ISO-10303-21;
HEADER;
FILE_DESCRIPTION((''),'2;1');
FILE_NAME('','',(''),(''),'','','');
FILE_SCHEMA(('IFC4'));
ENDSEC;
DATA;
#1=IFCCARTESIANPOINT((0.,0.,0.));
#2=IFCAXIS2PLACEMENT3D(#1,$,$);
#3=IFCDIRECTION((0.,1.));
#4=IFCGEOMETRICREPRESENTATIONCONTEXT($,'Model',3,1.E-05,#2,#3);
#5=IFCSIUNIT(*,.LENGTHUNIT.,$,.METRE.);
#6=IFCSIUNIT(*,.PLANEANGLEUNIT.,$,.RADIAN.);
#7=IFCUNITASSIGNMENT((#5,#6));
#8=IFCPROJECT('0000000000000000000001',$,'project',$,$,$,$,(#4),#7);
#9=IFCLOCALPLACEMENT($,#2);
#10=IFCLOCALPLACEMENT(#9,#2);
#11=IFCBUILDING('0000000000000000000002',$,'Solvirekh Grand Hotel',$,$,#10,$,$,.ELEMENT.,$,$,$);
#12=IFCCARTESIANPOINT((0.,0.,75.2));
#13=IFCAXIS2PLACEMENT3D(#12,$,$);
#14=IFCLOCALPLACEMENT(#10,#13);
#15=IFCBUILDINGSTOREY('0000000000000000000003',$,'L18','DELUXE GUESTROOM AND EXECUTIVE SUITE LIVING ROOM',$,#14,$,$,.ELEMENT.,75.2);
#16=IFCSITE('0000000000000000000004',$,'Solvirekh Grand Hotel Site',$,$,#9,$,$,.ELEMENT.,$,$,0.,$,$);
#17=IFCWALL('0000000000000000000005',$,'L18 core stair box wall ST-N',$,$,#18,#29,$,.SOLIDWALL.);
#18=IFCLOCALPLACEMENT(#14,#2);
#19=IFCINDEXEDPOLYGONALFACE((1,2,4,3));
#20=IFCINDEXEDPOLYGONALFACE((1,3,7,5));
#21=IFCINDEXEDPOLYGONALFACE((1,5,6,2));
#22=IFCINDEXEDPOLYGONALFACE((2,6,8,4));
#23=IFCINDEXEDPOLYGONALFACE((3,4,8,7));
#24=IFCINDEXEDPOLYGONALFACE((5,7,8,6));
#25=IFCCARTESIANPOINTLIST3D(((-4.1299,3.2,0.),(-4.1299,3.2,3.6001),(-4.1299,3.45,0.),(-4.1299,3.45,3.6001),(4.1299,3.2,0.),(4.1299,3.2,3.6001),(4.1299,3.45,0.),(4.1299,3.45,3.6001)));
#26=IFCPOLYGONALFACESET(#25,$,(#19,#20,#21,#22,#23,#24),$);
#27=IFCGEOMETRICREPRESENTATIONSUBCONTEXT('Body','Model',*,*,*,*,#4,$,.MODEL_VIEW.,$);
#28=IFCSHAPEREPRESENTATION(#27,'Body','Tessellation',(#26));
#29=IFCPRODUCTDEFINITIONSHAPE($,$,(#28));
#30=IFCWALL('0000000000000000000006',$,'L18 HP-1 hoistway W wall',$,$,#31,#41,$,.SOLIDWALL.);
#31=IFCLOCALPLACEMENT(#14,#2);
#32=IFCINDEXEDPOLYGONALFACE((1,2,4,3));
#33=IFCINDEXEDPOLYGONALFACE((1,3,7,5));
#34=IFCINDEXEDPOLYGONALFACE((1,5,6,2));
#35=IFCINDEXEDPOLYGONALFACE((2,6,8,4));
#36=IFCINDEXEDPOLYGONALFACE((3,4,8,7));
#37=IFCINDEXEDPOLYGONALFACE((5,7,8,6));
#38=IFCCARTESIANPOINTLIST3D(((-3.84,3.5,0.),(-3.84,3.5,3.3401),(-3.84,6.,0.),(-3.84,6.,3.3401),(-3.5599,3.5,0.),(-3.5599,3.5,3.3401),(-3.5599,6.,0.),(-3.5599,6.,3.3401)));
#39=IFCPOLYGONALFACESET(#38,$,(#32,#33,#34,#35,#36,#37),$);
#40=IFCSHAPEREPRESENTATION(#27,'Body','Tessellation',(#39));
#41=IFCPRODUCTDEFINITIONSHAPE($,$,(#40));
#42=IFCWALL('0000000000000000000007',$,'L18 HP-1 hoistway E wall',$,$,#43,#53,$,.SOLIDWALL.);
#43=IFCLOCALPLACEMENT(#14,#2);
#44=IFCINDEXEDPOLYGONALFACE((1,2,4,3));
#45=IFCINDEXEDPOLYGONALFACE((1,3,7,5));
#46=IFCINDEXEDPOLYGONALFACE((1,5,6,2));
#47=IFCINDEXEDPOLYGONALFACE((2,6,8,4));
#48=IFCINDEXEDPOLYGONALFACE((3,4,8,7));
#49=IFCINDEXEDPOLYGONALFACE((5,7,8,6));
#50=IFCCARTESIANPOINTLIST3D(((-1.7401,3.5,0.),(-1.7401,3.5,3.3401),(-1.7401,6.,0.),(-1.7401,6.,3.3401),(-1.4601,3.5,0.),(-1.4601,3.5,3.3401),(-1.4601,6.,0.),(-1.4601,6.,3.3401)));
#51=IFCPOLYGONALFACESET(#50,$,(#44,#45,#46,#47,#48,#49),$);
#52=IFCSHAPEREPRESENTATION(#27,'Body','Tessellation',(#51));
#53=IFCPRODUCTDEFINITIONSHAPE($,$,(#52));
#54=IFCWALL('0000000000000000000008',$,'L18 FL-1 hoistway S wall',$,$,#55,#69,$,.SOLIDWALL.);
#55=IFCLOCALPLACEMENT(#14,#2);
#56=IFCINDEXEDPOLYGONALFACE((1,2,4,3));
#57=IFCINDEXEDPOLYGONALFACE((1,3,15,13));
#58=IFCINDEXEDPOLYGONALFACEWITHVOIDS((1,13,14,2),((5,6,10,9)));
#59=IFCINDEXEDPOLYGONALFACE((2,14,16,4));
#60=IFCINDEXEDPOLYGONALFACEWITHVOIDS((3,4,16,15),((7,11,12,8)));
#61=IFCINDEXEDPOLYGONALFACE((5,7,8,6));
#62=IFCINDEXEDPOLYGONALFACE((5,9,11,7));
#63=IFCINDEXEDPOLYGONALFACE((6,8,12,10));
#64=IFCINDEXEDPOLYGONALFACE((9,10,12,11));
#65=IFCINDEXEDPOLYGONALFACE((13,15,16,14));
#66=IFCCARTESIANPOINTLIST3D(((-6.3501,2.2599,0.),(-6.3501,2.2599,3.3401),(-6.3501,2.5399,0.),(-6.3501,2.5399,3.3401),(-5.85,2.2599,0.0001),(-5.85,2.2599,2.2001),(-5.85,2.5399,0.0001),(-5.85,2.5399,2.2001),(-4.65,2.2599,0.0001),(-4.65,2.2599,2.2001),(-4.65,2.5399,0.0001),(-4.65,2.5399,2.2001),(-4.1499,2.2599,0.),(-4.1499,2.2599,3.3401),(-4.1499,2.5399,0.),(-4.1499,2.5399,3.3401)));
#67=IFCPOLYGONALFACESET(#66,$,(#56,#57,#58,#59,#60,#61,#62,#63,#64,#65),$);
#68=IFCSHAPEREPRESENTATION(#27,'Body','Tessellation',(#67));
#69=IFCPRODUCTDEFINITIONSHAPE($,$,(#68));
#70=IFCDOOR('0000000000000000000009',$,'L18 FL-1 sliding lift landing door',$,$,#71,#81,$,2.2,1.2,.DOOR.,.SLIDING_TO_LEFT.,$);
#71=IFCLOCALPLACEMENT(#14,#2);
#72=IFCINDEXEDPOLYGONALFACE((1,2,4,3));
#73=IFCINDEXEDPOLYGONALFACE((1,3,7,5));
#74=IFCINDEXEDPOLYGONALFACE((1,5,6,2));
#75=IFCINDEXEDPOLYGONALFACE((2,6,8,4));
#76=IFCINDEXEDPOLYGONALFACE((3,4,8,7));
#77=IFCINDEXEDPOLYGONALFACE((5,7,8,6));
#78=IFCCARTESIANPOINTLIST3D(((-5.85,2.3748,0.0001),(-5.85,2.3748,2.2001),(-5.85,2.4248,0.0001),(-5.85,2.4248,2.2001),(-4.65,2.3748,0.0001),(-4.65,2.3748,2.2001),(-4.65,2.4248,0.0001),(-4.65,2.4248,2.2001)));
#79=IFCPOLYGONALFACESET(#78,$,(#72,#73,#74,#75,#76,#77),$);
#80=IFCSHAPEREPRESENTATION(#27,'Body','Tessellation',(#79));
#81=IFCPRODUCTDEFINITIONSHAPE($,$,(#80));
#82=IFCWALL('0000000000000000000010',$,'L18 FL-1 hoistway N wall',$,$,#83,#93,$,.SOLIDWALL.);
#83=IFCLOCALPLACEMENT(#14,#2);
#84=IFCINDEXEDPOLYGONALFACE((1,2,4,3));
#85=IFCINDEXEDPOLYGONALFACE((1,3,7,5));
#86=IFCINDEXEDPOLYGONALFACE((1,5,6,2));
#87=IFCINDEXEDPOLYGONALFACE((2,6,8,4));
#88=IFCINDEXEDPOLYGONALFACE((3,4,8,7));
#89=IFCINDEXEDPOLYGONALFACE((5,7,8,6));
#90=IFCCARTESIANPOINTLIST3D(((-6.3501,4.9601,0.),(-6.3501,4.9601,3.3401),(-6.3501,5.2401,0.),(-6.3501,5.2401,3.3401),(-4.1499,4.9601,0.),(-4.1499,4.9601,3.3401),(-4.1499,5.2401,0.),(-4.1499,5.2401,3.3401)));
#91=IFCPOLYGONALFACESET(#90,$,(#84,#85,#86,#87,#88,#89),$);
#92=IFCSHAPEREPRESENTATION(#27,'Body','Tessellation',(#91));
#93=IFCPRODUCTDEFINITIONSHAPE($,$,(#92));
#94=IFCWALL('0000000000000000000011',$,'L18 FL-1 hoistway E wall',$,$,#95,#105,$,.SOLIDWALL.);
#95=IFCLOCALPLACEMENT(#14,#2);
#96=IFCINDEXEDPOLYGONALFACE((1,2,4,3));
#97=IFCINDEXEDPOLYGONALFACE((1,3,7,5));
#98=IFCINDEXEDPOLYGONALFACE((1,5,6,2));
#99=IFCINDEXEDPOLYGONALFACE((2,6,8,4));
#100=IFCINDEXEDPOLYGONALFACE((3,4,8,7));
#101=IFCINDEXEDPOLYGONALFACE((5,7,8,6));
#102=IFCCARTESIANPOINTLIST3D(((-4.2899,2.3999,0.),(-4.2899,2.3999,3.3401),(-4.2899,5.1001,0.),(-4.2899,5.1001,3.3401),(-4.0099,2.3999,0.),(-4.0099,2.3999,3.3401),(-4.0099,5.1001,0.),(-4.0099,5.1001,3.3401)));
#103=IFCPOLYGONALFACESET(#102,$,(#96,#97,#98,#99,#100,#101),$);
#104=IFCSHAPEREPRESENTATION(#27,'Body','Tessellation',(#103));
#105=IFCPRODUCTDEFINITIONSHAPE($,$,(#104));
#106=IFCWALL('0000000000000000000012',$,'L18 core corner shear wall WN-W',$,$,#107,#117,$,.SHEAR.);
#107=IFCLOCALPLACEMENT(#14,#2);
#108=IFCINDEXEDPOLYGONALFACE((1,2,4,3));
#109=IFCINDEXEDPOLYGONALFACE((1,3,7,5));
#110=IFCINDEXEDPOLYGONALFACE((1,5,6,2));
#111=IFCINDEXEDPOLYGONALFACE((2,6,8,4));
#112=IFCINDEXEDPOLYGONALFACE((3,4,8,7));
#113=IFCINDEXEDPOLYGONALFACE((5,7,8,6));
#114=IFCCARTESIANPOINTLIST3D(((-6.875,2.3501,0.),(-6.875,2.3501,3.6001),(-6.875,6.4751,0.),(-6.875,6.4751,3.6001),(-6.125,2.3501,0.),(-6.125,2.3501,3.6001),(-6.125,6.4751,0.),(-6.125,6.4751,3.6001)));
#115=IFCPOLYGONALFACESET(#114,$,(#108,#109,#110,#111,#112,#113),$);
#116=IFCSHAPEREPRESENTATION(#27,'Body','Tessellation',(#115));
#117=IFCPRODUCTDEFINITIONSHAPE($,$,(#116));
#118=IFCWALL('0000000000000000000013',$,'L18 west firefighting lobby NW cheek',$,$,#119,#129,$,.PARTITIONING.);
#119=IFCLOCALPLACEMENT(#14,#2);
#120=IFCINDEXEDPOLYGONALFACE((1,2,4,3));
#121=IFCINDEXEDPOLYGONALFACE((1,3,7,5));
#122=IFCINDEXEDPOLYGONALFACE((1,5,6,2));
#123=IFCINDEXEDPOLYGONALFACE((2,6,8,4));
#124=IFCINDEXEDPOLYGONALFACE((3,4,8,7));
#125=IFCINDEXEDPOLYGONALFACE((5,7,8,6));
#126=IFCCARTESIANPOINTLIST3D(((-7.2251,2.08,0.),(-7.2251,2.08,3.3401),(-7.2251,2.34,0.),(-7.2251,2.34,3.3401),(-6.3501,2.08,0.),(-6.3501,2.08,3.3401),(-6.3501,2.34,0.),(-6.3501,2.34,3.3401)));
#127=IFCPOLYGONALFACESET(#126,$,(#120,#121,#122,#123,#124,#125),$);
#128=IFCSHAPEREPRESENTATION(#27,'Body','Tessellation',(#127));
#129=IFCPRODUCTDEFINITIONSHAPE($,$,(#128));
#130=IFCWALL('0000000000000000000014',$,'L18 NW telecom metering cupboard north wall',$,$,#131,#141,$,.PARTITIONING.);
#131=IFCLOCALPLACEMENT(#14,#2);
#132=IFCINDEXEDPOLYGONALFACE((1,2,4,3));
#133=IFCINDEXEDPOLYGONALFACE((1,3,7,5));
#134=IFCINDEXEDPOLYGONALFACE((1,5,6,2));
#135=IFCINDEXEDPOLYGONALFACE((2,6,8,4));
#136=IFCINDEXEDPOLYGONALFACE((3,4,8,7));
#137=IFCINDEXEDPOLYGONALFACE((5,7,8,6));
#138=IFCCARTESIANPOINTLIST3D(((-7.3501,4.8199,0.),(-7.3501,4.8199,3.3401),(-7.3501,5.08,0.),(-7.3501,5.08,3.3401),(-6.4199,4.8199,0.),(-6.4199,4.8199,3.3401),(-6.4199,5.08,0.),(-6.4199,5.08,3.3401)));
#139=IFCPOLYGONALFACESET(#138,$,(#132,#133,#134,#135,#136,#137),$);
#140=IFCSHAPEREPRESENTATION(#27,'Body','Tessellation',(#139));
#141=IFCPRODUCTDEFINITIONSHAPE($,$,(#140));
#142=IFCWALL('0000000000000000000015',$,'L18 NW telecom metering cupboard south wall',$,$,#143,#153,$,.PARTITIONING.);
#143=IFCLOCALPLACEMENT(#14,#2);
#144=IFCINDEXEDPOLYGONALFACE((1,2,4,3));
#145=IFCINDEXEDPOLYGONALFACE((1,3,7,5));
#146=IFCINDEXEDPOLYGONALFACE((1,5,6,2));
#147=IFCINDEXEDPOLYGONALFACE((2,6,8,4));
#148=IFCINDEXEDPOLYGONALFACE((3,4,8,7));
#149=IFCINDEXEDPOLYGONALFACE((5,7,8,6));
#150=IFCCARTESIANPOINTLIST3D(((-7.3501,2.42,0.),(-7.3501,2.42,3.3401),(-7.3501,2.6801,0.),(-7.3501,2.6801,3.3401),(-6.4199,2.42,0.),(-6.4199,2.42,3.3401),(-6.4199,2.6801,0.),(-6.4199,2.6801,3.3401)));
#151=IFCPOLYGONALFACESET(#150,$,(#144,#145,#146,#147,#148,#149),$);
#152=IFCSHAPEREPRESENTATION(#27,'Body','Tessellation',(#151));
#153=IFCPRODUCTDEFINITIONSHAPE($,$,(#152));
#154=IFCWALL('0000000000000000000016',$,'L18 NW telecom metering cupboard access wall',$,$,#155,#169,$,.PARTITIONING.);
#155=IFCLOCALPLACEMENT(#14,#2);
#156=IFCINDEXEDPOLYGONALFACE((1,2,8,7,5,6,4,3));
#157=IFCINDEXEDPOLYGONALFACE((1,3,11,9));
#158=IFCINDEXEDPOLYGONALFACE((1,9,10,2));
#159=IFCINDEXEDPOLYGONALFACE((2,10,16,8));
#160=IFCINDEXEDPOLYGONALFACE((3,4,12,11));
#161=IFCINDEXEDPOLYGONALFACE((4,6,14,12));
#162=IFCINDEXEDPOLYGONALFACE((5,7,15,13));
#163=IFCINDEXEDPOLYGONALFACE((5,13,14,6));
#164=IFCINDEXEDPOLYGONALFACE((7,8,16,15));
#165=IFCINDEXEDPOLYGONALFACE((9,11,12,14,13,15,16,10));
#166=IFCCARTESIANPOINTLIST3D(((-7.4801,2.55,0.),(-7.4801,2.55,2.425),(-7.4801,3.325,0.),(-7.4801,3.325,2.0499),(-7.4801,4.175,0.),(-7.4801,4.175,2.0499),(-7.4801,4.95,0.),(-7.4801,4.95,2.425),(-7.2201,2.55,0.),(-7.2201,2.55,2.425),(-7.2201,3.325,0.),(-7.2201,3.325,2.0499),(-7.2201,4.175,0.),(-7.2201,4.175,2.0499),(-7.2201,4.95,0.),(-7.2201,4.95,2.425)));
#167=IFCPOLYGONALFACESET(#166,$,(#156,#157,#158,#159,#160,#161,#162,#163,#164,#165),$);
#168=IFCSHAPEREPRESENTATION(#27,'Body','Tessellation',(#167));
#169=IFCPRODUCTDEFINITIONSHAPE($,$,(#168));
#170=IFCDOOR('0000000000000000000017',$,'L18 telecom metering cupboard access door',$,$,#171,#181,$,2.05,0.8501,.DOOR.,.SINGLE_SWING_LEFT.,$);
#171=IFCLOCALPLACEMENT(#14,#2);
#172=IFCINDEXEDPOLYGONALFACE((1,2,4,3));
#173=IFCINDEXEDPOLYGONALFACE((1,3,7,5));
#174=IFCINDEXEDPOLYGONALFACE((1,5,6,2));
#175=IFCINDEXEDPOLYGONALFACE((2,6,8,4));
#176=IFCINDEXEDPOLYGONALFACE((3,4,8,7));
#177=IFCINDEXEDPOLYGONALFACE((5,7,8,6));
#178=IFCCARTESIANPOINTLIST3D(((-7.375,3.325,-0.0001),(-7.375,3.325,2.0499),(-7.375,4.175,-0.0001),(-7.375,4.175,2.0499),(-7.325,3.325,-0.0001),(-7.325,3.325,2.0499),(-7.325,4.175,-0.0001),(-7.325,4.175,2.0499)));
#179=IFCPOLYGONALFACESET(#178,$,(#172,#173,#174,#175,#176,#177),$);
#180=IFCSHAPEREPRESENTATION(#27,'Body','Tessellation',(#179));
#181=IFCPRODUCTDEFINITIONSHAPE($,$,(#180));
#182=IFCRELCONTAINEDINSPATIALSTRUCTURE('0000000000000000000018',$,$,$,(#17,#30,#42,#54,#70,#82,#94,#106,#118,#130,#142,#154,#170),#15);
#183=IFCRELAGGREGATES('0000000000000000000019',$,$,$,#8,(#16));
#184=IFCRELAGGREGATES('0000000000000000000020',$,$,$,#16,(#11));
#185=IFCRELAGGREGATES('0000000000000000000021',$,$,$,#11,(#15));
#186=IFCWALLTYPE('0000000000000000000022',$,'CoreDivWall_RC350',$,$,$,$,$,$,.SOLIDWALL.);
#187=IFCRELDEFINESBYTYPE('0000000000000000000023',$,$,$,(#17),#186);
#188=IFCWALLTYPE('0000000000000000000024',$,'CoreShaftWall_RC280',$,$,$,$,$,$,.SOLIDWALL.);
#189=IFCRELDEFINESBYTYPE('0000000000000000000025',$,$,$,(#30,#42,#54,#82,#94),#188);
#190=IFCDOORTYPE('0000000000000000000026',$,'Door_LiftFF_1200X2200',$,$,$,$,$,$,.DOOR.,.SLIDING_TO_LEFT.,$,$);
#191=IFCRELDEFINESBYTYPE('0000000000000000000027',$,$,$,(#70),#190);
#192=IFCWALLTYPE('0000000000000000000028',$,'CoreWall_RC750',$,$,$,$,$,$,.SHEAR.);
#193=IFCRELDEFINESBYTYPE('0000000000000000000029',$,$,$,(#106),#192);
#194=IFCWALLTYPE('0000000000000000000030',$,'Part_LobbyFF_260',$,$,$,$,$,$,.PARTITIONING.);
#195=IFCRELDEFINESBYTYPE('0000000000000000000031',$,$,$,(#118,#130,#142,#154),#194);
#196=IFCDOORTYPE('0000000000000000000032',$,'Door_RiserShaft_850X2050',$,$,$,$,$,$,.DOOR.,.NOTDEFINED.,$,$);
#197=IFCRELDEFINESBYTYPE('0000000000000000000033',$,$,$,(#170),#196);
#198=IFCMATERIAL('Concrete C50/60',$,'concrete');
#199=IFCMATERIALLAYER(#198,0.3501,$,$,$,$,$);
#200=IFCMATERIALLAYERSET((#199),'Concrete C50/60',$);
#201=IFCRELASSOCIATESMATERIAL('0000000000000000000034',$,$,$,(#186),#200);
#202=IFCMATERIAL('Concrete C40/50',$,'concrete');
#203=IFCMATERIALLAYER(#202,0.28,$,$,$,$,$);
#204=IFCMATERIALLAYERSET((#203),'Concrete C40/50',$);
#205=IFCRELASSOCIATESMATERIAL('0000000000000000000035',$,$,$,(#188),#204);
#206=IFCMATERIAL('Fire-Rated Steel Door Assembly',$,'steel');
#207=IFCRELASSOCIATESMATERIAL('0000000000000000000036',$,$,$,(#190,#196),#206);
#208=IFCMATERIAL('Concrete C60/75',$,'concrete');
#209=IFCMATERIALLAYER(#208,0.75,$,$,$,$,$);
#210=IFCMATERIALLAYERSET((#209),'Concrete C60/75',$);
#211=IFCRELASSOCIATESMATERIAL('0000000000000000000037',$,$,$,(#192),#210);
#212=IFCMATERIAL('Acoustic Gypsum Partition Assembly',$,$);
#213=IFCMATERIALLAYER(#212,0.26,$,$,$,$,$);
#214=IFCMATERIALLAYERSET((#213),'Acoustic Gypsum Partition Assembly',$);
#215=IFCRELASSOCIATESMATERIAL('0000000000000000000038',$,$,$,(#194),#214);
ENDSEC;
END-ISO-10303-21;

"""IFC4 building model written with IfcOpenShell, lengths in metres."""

from ifc_helpers import new_model, si_unit, direction, frame, frame_2d, origin, place, context, subcontext, project, spatial, rectangle, extrude, material, layer, layer_set, type_object, element, fill, save


model = new_model("IFC4")

# Units and contexts
model_context = context("Model", 3, precision=1e-05, world=origin(), true_north=direction((0.0, 1.0)))
body_context = subcontext(model_context, "Body", "Model", "MODEL_VIEW")
ifc_project = project(units=[si_unit("LENGTHUNIT", "METRE"), si_unit("PLANEANGLEUNIT", "RADIAN")], contexts=[model_context])

# Site, building, storey
site_placement = place(None, origin())
site = spatial("IfcSite", under=ifc_project, at=site_placement, Name="Solvirekh Grand Hotel Site", CompositionType="ELEMENT", RefElevation=0.0)
building_placement = place(site_placement, origin())
building = spatial("IfcBuilding", under=site, at=building_placement, Name="Solvirekh Grand Hotel", CompositionType="ELEMENT")
storey_placement = place(building_placement, frame((0.0, 0.0, 75.2)))
storey = spatial("IfcBuildingStorey", under=building, at=storey_placement, Name="L18", Description="DELUXE GUESTROOM AND EXECUTIVE SUITE LIVING ROOM", CompositionType="ELEMENT", Elevation=75.2)

# Walls
ifc_material_1 = material(Name="Concrete C50/60", Category="concrete")
ifc_layer_1 = layer(ifc_material_1, 0.3501)
ifc_layer_set_1 = layer_set([ifc_layer_1], Name="Concrete C50/60")
wall_type_1 = type_object("IfcWallType", Name="CoreDivWall_RC350", PredefinedType="SOLIDWALL", material=ifc_layer_set_1)
wall_1_placement = place(storey_placement, frame((-4.1299, 3.325, 0.0), z_axis=(0.0, 0.0, 1.0), x_axis=(1.0, 0.0, 0.0)))
element("IfcWall", 1, at=wall_1_placement, inside=storey, type_object=wall_type_1, Name="L18 core stair box wall ST-N", PredefinedType="SOLIDWALL", context=body_context, shape_type="SweptSolid", body=[
    extrude(rectangle(XDim=8.2598, YDim=0.25, at=frame_2d((4.1299, 0.0))), origin(), (0.0, 0.0, 1.0), 3.6001),
])
ifc_material_2 = material(Name="Concrete C40/50", Category="concrete")
ifc_layer_2 = layer(ifc_material_2, 0.28)
ifc_layer_set_2 = layer_set([ifc_layer_2], Name="Concrete C40/50")
wall_type_2 = type_object("IfcWallType", Name="CoreShaftWall_RC280", PredefinedType="SOLIDWALL", material=ifc_layer_set_2)
for number, where, z_axis, x_axis, name in (
    (2, (-3.7, 6.0, 0.0), (0.0, 0.0, 1.0), (0.0, -1.0, 0.0), "L18 HP-1 hoistway W wall"),
    (3, (-1.6001, 3.5, 0.0), (0.0, 0.0, 1.0), (0.0, 1.0, 0.0), "L18 HP-1 hoistway E wall"),
):
    element("IfcWall", number, at=place(storey_placement, frame(where, z_axis=z_axis, x_axis=x_axis)), inside=storey, type_object=wall_type_2, Name=name, PredefinedType="SOLIDWALL", context=body_context, shape_type="SweptSolid", body=[
        extrude(rectangle(XDim=2.5, YDim=0.28, at=frame_2d((1.25, 0.0))), origin(), (0.0, 0.0, 1.0), 3.3401),
    ])

# Wall, opening, door
wall_2_placement = place(storey_placement, frame((-6.3501, 2.3999, 0.0), z_axis=(0.0, 0.0, 1.0), x_axis=(1.0, 0.0, 0.0)))
wall_2 = element("IfcWall", 4, at=wall_2_placement, inside=storey, type_object=wall_type_2, Name="L18 FL-1 hoistway S wall", PredefinedType="SOLIDWALL", context=body_context, shape_type="SweptSolid", body=[
    extrude(rectangle(XDim=2.2002, YDim=0.28, at=frame_2d((1.1001, 0.0))), origin(), (0.0, 0.0, 1.0), 3.3401),
])
opening_1_placement = place(wall_2_placement, frame((0.5, 0.0, 0.0)))
opening_1 = element("IfcOpeningElement", 5, at=opening_1_placement, cuts=wall_2, PredefinedType="OPENING", context=body_context, shape_type="SweptSolid", body=[
    extrude(rectangle(XDim=1.2, YDim=2.2, at=frame_2d((0.6001, 1.1001))), frame((0.0, 0.1499, 0.0), z_axis=(0.0, -1.0, 0.0), x_axis=(1.0, 0.0, 0.0)), (0.0, 0.0, 1.0), 0.3),
])
ifc_material_3 = material(Name="Fire-Rated Steel Door Assembly", Category="steel")
door_type_1 = type_object("IfcDoorType", Name="Door_LiftFF_1200X2200", OperationType="SLIDING_TO_LEFT", PredefinedType="DOOR", material=ifc_material_3)
door_1_placement = place(opening_1_placement, origin())
door_1 = element("IfcDoor", 6, at=door_1_placement, inside=storey, type_object=door_type_1, Name="L18 FL-1 sliding lift landing door", OperationType="SLIDING_TO_LEFT", OverallHeight=2.2, OverallWidth=1.2, PredefinedType="DOOR", context=body_context, shape_type="SweptSolid", body=[
    extrude(rectangle(XDim=1.2, YDim=2.2, at=frame_2d((0.6001, 1.1001))), frame((0.0, 0.0249, 0.0), z_axis=(0.0, -1.0, 0.0), x_axis=(1.0, 0.0, 0.0)), (0.0, 0.0, 1.0), 0.05),
])
fill(opening_1, door_1)

# Walls
wall_3_placement = place(storey_placement, frame((-4.1499, 5.1001, 0.0), z_axis=(0.0, 0.0, 1.0), x_axis=(-1.0, 0.0, 0.0)))
element("IfcWall", 7, at=wall_3_placement, inside=storey, type_object=wall_type_2, Name="L18 FL-1 hoistway N wall", PredefinedType="SOLIDWALL", context=body_context, shape_type="SweptSolid", body=[
    extrude(rectangle(XDim=2.2002, YDim=0.28, at=frame_2d((1.1001, 0.0))), origin(), (0.0, 0.0, 1.0), 3.3401),
])
wall_4_placement = place(storey_placement, frame((-4.1499, 2.3999, 0.0), z_axis=(0.0, 0.0, 1.0), x_axis=(0.0, 1.0, 0.0)))
element("IfcWall", 8, at=wall_4_placement, inside=storey, type_object=wall_type_2, Name="L18 FL-1 hoistway E wall", PredefinedType="SOLIDWALL", context=body_context, shape_type="SweptSolid", body=[
    extrude(rectangle(XDim=2.7002, YDim=0.28, at=frame_2d((1.3501, 0.0))), origin(), (0.0, 0.0, 1.0), 3.3401),
])
ifc_material_4 = material(Name="Concrete C60/75", Category="concrete")
ifc_layer_3 = layer(ifc_material_4, 0.75)
ifc_layer_set_3 = layer_set([ifc_layer_3], Name="Concrete C60/75")
wall_type_3 = type_object("IfcWallType", Name="CoreWall_RC750", PredefinedType="SHEAR", material=ifc_layer_set_3)
wall_5_placement = place(storey_placement, frame((-6.5, 2.3501, 0.0), z_axis=(0.0, 0.0, 1.0), x_axis=(0.0, 1.0, 0.0)))
element("IfcWall", 9, at=wall_5_placement, inside=storey, type_object=wall_type_3, Name="L18 core corner shear wall WN-W", PredefinedType="SHEAR", context=body_context, shape_type="SweptSolid", body=[
    extrude(rectangle(XDim=4.125, YDim=0.75, at=frame_2d((2.0625, 0.0))), origin(), (0.0, 0.0, 1.0), 3.6001),
])
ifc_material_5 = material(Name="Acoustic Gypsum Partition Assembly")
ifc_layer_4 = layer(ifc_material_5, 0.26)
ifc_layer_set_4 = layer_set([ifc_layer_4], Name="Acoustic Gypsum Partition Assembly")
wall_type_4 = type_object("IfcWallType", Name="Part_LobbyFF_260", PredefinedType="PARTITIONING", material=ifc_layer_set_4)
wall_6_placement = place(storey_placement, frame((-7.2251, 2.21, 0.0), z_axis=(0.0, 0.0, 1.0), x_axis=(1.0, 0.0, 0.0)))
element("IfcWall", 10, at=wall_6_placement, inside=storey, type_object=wall_type_4, Name="L18 west firefighting lobby NW cheek", PredefinedType="PARTITIONING", context=body_context, shape_type="SweptSolid", body=[
    extrude(rectangle(XDim=0.875, YDim=0.26, at=frame_2d((0.4375, 0.0))), origin(), (0.0, 0.0, 1.0), 3.3401),
])
for number, where, z_axis, x_axis, name in (
    (11, (-7.3501, 4.95, 0.0), (0.0, 0.0, 1.0), (1.0, 0.0, 0.0), "L18 NW telecom metering cupboard north wall"),
    (12, (-7.3501, 2.55, 0.0), (0.0, 0.0, 1.0), (1.0, 0.0, 0.0), "L18 NW telecom metering cupboard south wall"),
):
    element("IfcWall", number, at=place(storey_placement, frame(where, z_axis=z_axis, x_axis=x_axis)), inside=storey, type_object=wall_type_4, Name=name, PredefinedType="PARTITIONING", context=body_context, shape_type="SweptSolid", body=[
        extrude(rectangle(XDim=0.9302, YDim=0.26, at=frame_2d((0.4651, 0.0))), origin(), (0.0, 0.0, 1.0), 3.3401),
    ])

# Wall, opening, door
wall_7_placement = place(storey_placement, frame((-7.3501, 2.55, 0.0), z_axis=(0.0, 0.0, 1.0), x_axis=(0.0, 1.0, 0.0)))
wall_7 = element("IfcWall", 13, at=wall_7_placement, inside=storey, type_object=wall_type_4, Name="L18 NW telecom metering cupboard access wall", PredefinedType="PARTITIONING", context=body_context, shape_type="SweptSolid", body=[
    extrude(rectangle(XDim=2.3999, YDim=0.26, at=frame_2d((1.2, 0.0))), origin(), (0.0, 0.0, 1.0), 2.425),
])
opening_2_placement = place(wall_7_placement, frame((0.7749, 0.0, 0.0)))
opening_2 = element("IfcOpeningElement", 14, at=opening_2_placement, cuts=wall_7, PredefinedType="OPENING", context=body_context, shape_type="SweptSolid", body=[
    extrude(rectangle(XDim=0.8501, YDim=2.05, at=frame_2d((0.425, 1.0249))), frame((0.0, 0.1401, 0.0), z_axis=(0.0, -1.0, 0.0), x_axis=(1.0, 0.0, 0.0)), (0.0, 0.0, 1.0), 0.28),
])
door_type_2 = type_object("IfcDoorType", Name="Door_RiserShaft_850X2050", OperationType="NOTDEFINED", PredefinedType="DOOR", material=ifc_material_3)
door_2_placement = place(opening_2_placement, origin())
door_2 = element("IfcDoor", 15, at=door_2_placement, inside=storey, type_object=door_type_2, Name="L18 telecom metering cupboard access door", OperationType="SINGLE_SWING_LEFT", OverallHeight=2.05, OverallWidth=0.8501, PredefinedType="DOOR", context=body_context, shape_type="SweptSolid", body=[
    extrude(rectangle(XDim=0.8501, YDim=2.05, at=frame_2d((0.425, 1.0249))), frame((0.0, 0.0249, 0.0), z_axis=(0.0, -1.0, 0.0), x_axis=(1.0, 0.0, 0.0)), (0.0, 0.0, 1.0), 0.05),
])
fill(opening_2, door_2)

save(model, "model.ifc")
